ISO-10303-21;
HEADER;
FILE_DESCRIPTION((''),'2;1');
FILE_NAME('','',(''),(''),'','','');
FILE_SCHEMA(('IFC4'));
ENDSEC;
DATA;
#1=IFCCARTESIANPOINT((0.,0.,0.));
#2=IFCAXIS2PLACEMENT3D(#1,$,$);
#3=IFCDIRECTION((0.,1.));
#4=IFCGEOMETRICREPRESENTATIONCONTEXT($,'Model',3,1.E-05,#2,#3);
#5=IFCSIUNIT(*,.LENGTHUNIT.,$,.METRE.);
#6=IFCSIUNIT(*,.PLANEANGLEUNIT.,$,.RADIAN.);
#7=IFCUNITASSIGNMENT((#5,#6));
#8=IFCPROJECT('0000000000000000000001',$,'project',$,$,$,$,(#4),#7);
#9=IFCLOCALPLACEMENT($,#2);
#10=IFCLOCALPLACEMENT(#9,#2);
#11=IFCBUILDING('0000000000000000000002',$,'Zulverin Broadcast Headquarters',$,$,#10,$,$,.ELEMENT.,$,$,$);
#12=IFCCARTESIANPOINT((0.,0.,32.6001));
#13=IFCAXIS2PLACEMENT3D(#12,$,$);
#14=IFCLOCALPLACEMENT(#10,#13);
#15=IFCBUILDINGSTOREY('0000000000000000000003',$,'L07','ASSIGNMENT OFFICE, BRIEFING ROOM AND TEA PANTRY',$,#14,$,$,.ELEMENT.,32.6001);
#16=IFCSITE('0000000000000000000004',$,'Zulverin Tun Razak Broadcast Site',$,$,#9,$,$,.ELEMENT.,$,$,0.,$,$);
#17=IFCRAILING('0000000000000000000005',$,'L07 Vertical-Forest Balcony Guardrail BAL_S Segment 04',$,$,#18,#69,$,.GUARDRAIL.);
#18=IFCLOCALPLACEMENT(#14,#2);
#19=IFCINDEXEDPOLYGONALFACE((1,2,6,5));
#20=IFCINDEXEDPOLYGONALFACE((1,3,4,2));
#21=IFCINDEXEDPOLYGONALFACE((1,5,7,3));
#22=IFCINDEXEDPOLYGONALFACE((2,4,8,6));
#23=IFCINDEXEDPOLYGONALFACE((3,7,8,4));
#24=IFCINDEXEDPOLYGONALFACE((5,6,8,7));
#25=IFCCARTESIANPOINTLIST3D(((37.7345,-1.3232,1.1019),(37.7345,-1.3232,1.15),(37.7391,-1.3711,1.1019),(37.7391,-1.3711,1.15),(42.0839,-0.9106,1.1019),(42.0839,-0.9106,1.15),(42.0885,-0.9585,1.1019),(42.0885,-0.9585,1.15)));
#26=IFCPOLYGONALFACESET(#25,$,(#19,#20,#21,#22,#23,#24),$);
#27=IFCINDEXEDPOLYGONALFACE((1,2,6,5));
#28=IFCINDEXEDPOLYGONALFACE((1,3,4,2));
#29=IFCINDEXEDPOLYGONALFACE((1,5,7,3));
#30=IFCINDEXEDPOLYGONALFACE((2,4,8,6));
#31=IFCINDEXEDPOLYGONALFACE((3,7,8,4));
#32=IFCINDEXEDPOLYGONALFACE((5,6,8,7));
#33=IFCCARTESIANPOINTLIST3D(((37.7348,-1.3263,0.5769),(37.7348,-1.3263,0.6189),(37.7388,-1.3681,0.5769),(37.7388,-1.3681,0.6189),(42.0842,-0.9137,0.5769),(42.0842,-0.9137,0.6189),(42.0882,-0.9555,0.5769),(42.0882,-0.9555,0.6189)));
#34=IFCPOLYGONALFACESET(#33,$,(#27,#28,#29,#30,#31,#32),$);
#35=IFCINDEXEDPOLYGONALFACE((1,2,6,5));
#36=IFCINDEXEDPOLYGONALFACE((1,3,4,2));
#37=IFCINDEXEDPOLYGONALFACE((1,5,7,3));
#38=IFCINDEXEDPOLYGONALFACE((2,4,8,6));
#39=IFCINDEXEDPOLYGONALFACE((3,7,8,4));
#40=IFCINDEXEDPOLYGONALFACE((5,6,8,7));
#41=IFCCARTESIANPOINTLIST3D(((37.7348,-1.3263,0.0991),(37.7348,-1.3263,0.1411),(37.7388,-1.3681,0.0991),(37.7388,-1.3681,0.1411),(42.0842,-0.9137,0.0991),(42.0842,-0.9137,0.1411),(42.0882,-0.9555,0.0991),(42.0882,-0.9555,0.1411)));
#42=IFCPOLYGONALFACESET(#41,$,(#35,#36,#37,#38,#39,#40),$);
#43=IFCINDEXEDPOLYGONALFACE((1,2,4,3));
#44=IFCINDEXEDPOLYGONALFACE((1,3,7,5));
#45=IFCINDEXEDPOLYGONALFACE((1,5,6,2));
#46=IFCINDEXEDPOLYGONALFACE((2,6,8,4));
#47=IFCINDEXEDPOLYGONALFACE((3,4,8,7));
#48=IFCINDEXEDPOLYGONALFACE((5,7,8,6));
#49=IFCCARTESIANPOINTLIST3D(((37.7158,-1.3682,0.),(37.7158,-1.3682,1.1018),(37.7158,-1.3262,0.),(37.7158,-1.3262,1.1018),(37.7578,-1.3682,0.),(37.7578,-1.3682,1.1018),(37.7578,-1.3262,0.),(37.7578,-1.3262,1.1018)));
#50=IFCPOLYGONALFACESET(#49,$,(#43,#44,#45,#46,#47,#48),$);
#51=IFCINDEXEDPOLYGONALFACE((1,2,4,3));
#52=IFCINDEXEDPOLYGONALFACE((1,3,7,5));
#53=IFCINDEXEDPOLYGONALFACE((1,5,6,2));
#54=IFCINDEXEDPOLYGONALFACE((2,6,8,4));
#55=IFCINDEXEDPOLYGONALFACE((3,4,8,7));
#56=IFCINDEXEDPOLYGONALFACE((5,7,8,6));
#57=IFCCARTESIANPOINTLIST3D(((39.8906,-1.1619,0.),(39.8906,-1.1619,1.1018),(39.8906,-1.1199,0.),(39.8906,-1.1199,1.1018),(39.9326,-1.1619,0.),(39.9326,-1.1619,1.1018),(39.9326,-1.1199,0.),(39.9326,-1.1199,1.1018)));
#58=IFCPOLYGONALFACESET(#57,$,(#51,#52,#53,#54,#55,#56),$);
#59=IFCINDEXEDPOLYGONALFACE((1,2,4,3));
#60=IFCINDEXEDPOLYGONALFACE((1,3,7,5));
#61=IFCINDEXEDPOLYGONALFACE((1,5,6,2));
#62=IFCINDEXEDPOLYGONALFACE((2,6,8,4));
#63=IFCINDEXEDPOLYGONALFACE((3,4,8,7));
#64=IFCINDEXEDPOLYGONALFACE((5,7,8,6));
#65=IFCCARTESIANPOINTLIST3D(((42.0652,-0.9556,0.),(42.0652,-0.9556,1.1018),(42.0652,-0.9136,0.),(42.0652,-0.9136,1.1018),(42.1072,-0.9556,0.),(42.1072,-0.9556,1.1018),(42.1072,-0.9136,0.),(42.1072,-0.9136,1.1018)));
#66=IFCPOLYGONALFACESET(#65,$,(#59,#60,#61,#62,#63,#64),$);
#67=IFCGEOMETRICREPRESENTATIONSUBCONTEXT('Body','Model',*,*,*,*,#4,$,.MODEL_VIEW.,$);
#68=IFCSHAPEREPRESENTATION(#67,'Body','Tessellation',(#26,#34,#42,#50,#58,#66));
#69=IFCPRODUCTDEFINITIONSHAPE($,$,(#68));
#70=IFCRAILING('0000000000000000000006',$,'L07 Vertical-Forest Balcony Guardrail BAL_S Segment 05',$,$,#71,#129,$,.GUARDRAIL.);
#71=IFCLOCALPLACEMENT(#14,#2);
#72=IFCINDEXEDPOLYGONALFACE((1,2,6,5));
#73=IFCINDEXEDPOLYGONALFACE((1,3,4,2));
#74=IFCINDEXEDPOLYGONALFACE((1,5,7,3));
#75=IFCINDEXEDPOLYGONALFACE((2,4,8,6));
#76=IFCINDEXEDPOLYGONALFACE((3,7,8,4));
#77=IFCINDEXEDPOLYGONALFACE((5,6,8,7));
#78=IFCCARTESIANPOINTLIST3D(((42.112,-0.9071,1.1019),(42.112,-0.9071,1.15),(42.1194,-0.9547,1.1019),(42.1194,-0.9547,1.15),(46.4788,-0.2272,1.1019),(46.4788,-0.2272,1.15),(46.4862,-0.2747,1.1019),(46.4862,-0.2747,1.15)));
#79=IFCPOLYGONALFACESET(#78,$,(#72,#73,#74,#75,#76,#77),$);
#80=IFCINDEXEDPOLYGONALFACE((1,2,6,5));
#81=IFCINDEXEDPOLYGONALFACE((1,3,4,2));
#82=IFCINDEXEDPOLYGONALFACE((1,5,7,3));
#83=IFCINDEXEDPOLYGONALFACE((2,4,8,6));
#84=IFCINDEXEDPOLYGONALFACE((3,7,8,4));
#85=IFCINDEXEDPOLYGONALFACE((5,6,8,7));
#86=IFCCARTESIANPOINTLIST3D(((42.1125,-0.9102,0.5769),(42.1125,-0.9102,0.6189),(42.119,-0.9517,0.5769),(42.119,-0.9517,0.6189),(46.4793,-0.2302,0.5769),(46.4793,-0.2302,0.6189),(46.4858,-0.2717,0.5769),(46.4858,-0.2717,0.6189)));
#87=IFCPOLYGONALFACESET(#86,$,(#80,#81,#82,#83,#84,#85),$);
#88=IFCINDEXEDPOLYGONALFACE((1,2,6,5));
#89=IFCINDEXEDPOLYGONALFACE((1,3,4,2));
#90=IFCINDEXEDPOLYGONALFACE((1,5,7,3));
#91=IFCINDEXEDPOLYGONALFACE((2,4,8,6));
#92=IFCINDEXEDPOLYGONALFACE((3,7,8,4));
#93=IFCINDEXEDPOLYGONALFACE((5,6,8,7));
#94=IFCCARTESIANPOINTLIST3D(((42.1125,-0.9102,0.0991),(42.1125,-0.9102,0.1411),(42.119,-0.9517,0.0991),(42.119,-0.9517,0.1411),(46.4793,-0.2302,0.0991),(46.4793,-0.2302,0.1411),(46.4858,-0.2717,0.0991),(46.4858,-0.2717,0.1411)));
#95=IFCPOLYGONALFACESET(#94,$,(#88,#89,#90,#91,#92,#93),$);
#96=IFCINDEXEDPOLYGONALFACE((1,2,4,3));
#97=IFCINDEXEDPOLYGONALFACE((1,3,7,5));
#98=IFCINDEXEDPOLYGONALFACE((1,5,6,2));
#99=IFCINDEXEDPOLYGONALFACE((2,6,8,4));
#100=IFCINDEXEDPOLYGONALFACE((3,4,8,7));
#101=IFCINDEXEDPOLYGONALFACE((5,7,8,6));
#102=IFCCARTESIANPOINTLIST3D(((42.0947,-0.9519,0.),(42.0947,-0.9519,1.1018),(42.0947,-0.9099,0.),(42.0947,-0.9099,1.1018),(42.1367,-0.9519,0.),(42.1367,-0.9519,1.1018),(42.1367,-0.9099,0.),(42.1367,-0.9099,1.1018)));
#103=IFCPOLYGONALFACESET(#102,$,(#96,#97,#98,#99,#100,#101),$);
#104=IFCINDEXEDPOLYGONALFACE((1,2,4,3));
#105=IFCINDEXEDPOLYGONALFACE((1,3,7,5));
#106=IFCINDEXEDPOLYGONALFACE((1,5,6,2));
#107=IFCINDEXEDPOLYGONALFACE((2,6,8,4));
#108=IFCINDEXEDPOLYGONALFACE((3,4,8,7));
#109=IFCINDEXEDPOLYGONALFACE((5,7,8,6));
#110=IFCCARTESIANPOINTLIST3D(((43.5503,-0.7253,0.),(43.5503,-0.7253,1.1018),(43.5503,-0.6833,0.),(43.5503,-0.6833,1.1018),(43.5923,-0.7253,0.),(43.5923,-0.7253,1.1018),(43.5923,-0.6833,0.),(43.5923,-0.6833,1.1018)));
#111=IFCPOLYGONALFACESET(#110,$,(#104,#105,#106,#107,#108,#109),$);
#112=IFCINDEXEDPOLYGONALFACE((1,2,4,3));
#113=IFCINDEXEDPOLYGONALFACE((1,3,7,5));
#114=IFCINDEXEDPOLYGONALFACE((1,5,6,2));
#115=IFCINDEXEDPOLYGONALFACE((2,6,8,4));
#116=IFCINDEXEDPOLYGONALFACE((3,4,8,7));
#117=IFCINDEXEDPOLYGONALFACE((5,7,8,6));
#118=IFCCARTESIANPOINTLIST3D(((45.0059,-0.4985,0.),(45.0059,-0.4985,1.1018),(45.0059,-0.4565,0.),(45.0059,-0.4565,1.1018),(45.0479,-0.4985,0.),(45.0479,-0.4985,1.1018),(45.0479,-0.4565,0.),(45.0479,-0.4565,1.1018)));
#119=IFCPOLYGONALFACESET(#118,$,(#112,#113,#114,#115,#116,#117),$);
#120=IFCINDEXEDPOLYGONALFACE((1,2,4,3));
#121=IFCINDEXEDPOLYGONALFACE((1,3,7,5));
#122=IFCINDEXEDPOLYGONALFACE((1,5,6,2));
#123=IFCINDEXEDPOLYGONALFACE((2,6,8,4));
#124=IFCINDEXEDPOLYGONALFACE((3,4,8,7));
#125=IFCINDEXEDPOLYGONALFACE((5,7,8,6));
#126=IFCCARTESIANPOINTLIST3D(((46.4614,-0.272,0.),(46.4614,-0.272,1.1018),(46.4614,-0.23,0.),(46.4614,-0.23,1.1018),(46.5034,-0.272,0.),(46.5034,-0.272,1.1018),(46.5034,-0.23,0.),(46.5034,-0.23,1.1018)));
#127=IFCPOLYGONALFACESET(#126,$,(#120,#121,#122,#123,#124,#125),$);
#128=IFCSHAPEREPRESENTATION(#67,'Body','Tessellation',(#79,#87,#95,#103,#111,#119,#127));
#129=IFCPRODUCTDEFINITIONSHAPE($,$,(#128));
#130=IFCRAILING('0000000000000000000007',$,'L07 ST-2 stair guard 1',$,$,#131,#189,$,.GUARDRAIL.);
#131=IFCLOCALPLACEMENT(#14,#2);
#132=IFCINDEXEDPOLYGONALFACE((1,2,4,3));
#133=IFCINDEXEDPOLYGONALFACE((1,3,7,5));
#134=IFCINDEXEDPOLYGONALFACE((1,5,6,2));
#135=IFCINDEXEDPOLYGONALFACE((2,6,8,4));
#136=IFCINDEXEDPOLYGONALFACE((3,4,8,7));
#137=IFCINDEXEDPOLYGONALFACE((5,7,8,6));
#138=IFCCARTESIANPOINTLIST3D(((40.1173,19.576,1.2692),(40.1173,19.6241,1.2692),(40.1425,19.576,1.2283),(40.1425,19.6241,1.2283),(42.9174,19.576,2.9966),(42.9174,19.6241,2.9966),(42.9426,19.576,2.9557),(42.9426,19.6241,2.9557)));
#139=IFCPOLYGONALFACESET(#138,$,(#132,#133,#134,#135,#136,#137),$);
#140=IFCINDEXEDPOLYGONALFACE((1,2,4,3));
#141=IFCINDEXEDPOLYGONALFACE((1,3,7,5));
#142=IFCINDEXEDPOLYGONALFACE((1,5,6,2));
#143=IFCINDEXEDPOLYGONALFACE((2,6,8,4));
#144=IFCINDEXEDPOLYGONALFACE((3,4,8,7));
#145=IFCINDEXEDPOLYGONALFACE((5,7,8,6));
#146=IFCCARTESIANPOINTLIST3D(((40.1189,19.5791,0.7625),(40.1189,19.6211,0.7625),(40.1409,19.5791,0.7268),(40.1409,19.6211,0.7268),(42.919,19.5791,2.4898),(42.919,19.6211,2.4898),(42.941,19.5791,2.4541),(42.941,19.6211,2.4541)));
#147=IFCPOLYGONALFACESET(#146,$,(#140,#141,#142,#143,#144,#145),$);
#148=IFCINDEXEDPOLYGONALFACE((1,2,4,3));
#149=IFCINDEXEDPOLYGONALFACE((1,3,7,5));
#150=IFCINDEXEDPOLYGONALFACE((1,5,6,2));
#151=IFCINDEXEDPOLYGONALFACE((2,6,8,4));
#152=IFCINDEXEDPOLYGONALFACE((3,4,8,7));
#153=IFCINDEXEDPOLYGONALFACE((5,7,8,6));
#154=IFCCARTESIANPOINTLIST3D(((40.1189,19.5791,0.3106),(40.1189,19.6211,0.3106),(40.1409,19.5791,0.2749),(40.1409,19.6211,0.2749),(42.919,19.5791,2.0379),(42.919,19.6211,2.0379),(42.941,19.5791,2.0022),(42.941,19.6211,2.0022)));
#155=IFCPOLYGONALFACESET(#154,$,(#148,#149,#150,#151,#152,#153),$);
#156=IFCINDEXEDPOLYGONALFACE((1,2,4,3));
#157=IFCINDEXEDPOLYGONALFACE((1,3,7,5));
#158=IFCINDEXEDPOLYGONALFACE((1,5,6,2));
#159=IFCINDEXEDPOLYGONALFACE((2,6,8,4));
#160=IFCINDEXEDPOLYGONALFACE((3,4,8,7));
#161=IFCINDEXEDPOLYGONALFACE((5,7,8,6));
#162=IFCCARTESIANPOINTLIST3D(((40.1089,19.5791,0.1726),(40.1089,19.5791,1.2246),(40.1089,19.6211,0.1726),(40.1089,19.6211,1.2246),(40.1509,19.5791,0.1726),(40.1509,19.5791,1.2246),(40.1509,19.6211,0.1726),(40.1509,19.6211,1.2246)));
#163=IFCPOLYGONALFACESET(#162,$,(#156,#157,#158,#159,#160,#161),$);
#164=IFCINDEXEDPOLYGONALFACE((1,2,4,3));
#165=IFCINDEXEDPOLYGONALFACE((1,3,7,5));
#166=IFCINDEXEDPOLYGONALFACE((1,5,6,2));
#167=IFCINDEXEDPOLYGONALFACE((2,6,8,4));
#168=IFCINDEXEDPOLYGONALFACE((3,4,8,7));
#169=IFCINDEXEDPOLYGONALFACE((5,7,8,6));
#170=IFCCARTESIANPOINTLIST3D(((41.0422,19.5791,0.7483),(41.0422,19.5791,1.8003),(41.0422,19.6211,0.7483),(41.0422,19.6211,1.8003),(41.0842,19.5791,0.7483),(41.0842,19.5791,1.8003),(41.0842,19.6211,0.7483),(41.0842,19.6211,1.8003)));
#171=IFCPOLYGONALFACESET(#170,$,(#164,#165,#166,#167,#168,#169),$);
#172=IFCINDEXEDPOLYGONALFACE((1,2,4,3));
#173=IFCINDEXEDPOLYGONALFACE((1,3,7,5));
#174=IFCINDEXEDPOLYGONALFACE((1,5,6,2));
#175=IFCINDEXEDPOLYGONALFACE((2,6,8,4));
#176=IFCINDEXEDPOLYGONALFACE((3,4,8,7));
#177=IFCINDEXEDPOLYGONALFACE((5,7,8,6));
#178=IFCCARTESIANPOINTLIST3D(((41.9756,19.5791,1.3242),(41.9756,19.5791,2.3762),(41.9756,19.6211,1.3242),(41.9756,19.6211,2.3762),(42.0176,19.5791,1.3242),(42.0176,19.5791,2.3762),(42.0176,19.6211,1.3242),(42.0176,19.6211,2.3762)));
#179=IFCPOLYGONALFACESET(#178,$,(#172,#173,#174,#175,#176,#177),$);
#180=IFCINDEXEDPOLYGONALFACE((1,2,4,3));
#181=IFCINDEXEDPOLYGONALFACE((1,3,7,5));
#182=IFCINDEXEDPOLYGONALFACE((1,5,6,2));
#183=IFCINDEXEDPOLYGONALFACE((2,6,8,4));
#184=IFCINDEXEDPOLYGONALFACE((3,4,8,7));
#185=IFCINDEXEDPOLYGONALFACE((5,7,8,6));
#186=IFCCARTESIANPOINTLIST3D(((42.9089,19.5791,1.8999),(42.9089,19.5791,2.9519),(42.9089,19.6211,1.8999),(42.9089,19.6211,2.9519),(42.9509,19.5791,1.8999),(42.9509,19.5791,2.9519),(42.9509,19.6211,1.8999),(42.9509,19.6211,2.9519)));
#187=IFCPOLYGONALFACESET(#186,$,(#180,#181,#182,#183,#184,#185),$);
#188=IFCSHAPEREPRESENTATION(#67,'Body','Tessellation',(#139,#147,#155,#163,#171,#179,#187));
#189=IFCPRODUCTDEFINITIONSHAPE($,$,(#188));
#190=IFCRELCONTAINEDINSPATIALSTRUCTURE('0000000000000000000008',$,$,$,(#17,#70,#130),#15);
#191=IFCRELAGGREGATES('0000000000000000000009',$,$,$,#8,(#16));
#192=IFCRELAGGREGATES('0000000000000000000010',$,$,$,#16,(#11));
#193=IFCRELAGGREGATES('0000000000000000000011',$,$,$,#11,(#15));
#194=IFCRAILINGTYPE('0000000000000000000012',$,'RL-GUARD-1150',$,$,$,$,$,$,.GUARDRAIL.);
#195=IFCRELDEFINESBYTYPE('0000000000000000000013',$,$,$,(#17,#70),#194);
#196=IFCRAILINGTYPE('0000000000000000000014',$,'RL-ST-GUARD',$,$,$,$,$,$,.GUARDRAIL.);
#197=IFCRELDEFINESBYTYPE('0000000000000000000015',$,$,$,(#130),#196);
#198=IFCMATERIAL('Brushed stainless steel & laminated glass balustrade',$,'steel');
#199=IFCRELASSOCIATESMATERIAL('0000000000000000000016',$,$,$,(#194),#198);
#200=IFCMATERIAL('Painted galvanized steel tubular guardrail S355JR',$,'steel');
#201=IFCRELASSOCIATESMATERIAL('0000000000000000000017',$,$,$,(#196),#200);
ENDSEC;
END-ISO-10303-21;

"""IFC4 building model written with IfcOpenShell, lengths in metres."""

from ifc_helpers import new_model, si_unit, direction, frame, origin, origin_2d, place, context, subcontext, project, spatial, rectangle, extrude, material, type_object, element, save


model = new_model("IFC4")

# Units and contexts
model_context = context("Model", 3, precision=1e-05, world=origin(), true_north=direction((0.0, 1.0)))
body_context = subcontext(model_context, "Body", "Model", "MODEL_VIEW")
ifc_project = project(units=[si_unit("LENGTHUNIT", "METRE"), si_unit("PLANEANGLEUNIT", "RADIAN")], contexts=[model_context])

# Site, building, storey
site_placement = place(None, origin())
site = spatial("IfcSite", under=ifc_project, at=site_placement, Name="Zulverin Tun Razak Broadcast Site", CompositionType="ELEMENT", RefElevation=0.0)
building_placement = place(site_placement, origin())
building = spatial("IfcBuilding", under=site, at=building_placement, Name="Zulverin Broadcast Headquarters", CompositionType="ELEMENT")
storey_placement = place(building_placement, frame((0.0, 0.0, 32.6001)))
storey = spatial("IfcBuildingStorey", under=building, at=storey_placement, Name="L07", Description="ASSIGNMENT OFFICE, BRIEFING ROOM AND TEA PANTRY", CompositionType="ELEMENT", Elevation=32.6001)

# Railings
ifc_material_1 = material(Name="Brushed stainless steel & laminated glass balustrade", Category="steel")
railing_type_1 = type_object("IfcRailingType", Name="RL-GUARD-1150", PredefinedType="GUARDRAIL", material=ifc_material_1)
railing_1_placement = place(storey_placement, frame((37.7368, -1.3472, 0.0)))
element("IfcRailing", 1, at=railing_1_placement, inside=storey, type_object=railing_type_1, Name="L07 Vertical-Forest Balcony Guardrail BAL_S Segment 04", PredefinedType="GUARDRAIL", context=body_context, shape_type="SweptSolid", body=[
    extrude(rectangle(XDim=0.0481, YDim=0.0481, at=origin_2d()), frame((0.0, 0.0, 1.126), z_axis=(0.995531, 0.09444, 0.0), x_axis=(-0.09444, 0.995531, 0.0)), (0.0, 0.0, 1.0), 4.3689),
    extrude(rectangle(XDim=0.042, YDim=0.042, at=origin_2d()), frame((0.0, 0.0, 0.5979), z_axis=(0.995531, 0.09444, 0.0), x_axis=(-0.09444, 0.995531, 0.0)), (0.0, 0.0, 1.0), 4.3689),
    extrude(rectangle(XDim=0.042, YDim=0.042, at=origin_2d()), frame((0.0, 0.0, 0.1201), z_axis=(0.995531, 0.09444, 0.0), x_axis=(-0.09444, 0.995531, 0.0)), (0.0, 0.0, 1.0), 4.3689),
    extrude(rectangle(XDim=0.042, YDim=0.042, at=origin_2d()), origin(), (0.0, 0.0, 1.0), 1.1018),
    extrude(rectangle(XDim=0.042, YDim=0.042, at=origin_2d()), frame((2.1748, 0.2063, 0.0)), (0.0, 0.0, 1.0), 1.1018),
    extrude(rectangle(XDim=0.042, YDim=0.042, at=origin_2d()), frame((4.3494, 0.4126, 0.0)), (0.0, 0.0, 1.0), 1.1018),
])
railing_2_placement = place(storey_placement, frame((42.1157, -0.9309, 0.0)))
element("IfcRailing", 2, at=railing_2_placement, inside=storey, type_object=railing_type_1, Name="L07 Vertical-Forest Balcony Guardrail BAL_S Segment 05", PredefinedType="GUARDRAIL", context=body_context, shape_type="SweptSolid", body=[
    extrude(rectangle(XDim=0.0481, YDim=0.0481, at=origin_2d()), frame((0.0, 0.0, 1.126), z_axis=(0.988094, 0.153854, 0.0), x_axis=(-0.153854, 0.988094, 0.0)), (0.0, 0.0, 1.0), 4.4194),
    extrude(rectangle(XDim=0.042, YDim=0.042, at=origin_2d()), frame((0.0, 0.0, 0.5979), z_axis=(0.988094, 0.153854, 0.0), x_axis=(-0.153854, 0.988094, 0.0)), (0.0, 0.0, 1.0), 4.4194),
    extrude(rectangle(XDim=0.042, YDim=0.042, at=origin_2d()), frame((0.0, 0.0, 0.1201), z_axis=(0.988094, 0.153854, 0.0), x_axis=(-0.153854, 0.988094, 0.0)), (0.0, 0.0, 1.0), 4.4194),
    extrude(rectangle(XDim=0.042, YDim=0.042, at=origin_2d()), origin(), (0.0, 0.0, 1.0), 1.1018),
    extrude(rectangle(XDim=0.042, YDim=0.042, at=origin_2d()), frame((1.4556, 0.2266, 0.0)), (0.0, 0.0, 1.0), 1.1018),
    extrude(rectangle(XDim=0.042, YDim=0.042, at=origin_2d()), frame((2.9111, 0.4534, 0.0)), (0.0, 0.0, 1.0), 1.1018),
    extrude(rectangle(XDim=0.042, YDim=0.042, at=origin_2d()), frame((4.3667, 0.6799, 0.0)), (0.0, 0.0, 1.0), 1.1018),
])
ifc_material_2 = material(Name="Painted galvanized steel tubular guardrail S355JR", Category="steel")
railing_type_2 = type_object("IfcRailingType", Name="RL-ST-GUARD", PredefinedType="GUARDRAIL", material=ifc_material_2)
railing_3_placement = place(storey_placement, frame((40.1299, 19.6001, 0.1726)))
element("IfcRailing", 3, at=railing_3_placement, inside=storey, type_object=railing_type_2, Name="L07 ST-2 stair guard 1", PredefinedType="GUARDRAIL", context=body_context, shape_type="SweptSolid", body=[
    extrude(rectangle(XDim=0.0481, YDim=0.0481, at=origin_2d()), frame((0.0, 0.0, 1.0762), z_axis=(0.85109, 0.0, 0.52502), x_axis=(0.0, 1.0, 0.0)), (0.0, 0.0, 1.0), 3.29),
    extrude(rectangle(XDim=0.042, YDim=0.042, at=origin_2d()), frame((0.0, 0.0, 0.572), z_axis=(0.85109, 0.0, 0.52502), x_axis=(0.0, 1.0, 0.0)), (0.0, 0.0, 1.0), 3.29),
    extrude(rectangle(XDim=0.042, YDim=0.042, at=origin_2d()), frame((0.0, 0.0, 0.1201), z_axis=(0.85109, 0.0, 0.52502), x_axis=(0.0, 1.0, 0.0)), (0.0, 0.0, 1.0), 3.29),
    extrude(rectangle(XDim=0.042, YDim=0.042, at=origin_2d()), origin(), (0.0, 0.0, 1.0), 1.052),
    extrude(rectangle(XDim=0.042, YDim=0.042, at=origin_2d()), frame((0.9333, 0.0, 0.5757)), (0.0, 0.0, 1.0), 1.052),
    extrude(rectangle(XDim=0.042, YDim=0.042, at=origin_2d()), frame((1.8667, 0.0, 1.1516)), (0.0, 0.0, 1.0), 1.052),
    extrude(rectangle(XDim=0.042, YDim=0.042, at=origin_2d()), frame((2.8, 0.0, 1.7273)), (0.0, 0.0, 1.0), 1.052),
])

save(model, "model.ifc")
